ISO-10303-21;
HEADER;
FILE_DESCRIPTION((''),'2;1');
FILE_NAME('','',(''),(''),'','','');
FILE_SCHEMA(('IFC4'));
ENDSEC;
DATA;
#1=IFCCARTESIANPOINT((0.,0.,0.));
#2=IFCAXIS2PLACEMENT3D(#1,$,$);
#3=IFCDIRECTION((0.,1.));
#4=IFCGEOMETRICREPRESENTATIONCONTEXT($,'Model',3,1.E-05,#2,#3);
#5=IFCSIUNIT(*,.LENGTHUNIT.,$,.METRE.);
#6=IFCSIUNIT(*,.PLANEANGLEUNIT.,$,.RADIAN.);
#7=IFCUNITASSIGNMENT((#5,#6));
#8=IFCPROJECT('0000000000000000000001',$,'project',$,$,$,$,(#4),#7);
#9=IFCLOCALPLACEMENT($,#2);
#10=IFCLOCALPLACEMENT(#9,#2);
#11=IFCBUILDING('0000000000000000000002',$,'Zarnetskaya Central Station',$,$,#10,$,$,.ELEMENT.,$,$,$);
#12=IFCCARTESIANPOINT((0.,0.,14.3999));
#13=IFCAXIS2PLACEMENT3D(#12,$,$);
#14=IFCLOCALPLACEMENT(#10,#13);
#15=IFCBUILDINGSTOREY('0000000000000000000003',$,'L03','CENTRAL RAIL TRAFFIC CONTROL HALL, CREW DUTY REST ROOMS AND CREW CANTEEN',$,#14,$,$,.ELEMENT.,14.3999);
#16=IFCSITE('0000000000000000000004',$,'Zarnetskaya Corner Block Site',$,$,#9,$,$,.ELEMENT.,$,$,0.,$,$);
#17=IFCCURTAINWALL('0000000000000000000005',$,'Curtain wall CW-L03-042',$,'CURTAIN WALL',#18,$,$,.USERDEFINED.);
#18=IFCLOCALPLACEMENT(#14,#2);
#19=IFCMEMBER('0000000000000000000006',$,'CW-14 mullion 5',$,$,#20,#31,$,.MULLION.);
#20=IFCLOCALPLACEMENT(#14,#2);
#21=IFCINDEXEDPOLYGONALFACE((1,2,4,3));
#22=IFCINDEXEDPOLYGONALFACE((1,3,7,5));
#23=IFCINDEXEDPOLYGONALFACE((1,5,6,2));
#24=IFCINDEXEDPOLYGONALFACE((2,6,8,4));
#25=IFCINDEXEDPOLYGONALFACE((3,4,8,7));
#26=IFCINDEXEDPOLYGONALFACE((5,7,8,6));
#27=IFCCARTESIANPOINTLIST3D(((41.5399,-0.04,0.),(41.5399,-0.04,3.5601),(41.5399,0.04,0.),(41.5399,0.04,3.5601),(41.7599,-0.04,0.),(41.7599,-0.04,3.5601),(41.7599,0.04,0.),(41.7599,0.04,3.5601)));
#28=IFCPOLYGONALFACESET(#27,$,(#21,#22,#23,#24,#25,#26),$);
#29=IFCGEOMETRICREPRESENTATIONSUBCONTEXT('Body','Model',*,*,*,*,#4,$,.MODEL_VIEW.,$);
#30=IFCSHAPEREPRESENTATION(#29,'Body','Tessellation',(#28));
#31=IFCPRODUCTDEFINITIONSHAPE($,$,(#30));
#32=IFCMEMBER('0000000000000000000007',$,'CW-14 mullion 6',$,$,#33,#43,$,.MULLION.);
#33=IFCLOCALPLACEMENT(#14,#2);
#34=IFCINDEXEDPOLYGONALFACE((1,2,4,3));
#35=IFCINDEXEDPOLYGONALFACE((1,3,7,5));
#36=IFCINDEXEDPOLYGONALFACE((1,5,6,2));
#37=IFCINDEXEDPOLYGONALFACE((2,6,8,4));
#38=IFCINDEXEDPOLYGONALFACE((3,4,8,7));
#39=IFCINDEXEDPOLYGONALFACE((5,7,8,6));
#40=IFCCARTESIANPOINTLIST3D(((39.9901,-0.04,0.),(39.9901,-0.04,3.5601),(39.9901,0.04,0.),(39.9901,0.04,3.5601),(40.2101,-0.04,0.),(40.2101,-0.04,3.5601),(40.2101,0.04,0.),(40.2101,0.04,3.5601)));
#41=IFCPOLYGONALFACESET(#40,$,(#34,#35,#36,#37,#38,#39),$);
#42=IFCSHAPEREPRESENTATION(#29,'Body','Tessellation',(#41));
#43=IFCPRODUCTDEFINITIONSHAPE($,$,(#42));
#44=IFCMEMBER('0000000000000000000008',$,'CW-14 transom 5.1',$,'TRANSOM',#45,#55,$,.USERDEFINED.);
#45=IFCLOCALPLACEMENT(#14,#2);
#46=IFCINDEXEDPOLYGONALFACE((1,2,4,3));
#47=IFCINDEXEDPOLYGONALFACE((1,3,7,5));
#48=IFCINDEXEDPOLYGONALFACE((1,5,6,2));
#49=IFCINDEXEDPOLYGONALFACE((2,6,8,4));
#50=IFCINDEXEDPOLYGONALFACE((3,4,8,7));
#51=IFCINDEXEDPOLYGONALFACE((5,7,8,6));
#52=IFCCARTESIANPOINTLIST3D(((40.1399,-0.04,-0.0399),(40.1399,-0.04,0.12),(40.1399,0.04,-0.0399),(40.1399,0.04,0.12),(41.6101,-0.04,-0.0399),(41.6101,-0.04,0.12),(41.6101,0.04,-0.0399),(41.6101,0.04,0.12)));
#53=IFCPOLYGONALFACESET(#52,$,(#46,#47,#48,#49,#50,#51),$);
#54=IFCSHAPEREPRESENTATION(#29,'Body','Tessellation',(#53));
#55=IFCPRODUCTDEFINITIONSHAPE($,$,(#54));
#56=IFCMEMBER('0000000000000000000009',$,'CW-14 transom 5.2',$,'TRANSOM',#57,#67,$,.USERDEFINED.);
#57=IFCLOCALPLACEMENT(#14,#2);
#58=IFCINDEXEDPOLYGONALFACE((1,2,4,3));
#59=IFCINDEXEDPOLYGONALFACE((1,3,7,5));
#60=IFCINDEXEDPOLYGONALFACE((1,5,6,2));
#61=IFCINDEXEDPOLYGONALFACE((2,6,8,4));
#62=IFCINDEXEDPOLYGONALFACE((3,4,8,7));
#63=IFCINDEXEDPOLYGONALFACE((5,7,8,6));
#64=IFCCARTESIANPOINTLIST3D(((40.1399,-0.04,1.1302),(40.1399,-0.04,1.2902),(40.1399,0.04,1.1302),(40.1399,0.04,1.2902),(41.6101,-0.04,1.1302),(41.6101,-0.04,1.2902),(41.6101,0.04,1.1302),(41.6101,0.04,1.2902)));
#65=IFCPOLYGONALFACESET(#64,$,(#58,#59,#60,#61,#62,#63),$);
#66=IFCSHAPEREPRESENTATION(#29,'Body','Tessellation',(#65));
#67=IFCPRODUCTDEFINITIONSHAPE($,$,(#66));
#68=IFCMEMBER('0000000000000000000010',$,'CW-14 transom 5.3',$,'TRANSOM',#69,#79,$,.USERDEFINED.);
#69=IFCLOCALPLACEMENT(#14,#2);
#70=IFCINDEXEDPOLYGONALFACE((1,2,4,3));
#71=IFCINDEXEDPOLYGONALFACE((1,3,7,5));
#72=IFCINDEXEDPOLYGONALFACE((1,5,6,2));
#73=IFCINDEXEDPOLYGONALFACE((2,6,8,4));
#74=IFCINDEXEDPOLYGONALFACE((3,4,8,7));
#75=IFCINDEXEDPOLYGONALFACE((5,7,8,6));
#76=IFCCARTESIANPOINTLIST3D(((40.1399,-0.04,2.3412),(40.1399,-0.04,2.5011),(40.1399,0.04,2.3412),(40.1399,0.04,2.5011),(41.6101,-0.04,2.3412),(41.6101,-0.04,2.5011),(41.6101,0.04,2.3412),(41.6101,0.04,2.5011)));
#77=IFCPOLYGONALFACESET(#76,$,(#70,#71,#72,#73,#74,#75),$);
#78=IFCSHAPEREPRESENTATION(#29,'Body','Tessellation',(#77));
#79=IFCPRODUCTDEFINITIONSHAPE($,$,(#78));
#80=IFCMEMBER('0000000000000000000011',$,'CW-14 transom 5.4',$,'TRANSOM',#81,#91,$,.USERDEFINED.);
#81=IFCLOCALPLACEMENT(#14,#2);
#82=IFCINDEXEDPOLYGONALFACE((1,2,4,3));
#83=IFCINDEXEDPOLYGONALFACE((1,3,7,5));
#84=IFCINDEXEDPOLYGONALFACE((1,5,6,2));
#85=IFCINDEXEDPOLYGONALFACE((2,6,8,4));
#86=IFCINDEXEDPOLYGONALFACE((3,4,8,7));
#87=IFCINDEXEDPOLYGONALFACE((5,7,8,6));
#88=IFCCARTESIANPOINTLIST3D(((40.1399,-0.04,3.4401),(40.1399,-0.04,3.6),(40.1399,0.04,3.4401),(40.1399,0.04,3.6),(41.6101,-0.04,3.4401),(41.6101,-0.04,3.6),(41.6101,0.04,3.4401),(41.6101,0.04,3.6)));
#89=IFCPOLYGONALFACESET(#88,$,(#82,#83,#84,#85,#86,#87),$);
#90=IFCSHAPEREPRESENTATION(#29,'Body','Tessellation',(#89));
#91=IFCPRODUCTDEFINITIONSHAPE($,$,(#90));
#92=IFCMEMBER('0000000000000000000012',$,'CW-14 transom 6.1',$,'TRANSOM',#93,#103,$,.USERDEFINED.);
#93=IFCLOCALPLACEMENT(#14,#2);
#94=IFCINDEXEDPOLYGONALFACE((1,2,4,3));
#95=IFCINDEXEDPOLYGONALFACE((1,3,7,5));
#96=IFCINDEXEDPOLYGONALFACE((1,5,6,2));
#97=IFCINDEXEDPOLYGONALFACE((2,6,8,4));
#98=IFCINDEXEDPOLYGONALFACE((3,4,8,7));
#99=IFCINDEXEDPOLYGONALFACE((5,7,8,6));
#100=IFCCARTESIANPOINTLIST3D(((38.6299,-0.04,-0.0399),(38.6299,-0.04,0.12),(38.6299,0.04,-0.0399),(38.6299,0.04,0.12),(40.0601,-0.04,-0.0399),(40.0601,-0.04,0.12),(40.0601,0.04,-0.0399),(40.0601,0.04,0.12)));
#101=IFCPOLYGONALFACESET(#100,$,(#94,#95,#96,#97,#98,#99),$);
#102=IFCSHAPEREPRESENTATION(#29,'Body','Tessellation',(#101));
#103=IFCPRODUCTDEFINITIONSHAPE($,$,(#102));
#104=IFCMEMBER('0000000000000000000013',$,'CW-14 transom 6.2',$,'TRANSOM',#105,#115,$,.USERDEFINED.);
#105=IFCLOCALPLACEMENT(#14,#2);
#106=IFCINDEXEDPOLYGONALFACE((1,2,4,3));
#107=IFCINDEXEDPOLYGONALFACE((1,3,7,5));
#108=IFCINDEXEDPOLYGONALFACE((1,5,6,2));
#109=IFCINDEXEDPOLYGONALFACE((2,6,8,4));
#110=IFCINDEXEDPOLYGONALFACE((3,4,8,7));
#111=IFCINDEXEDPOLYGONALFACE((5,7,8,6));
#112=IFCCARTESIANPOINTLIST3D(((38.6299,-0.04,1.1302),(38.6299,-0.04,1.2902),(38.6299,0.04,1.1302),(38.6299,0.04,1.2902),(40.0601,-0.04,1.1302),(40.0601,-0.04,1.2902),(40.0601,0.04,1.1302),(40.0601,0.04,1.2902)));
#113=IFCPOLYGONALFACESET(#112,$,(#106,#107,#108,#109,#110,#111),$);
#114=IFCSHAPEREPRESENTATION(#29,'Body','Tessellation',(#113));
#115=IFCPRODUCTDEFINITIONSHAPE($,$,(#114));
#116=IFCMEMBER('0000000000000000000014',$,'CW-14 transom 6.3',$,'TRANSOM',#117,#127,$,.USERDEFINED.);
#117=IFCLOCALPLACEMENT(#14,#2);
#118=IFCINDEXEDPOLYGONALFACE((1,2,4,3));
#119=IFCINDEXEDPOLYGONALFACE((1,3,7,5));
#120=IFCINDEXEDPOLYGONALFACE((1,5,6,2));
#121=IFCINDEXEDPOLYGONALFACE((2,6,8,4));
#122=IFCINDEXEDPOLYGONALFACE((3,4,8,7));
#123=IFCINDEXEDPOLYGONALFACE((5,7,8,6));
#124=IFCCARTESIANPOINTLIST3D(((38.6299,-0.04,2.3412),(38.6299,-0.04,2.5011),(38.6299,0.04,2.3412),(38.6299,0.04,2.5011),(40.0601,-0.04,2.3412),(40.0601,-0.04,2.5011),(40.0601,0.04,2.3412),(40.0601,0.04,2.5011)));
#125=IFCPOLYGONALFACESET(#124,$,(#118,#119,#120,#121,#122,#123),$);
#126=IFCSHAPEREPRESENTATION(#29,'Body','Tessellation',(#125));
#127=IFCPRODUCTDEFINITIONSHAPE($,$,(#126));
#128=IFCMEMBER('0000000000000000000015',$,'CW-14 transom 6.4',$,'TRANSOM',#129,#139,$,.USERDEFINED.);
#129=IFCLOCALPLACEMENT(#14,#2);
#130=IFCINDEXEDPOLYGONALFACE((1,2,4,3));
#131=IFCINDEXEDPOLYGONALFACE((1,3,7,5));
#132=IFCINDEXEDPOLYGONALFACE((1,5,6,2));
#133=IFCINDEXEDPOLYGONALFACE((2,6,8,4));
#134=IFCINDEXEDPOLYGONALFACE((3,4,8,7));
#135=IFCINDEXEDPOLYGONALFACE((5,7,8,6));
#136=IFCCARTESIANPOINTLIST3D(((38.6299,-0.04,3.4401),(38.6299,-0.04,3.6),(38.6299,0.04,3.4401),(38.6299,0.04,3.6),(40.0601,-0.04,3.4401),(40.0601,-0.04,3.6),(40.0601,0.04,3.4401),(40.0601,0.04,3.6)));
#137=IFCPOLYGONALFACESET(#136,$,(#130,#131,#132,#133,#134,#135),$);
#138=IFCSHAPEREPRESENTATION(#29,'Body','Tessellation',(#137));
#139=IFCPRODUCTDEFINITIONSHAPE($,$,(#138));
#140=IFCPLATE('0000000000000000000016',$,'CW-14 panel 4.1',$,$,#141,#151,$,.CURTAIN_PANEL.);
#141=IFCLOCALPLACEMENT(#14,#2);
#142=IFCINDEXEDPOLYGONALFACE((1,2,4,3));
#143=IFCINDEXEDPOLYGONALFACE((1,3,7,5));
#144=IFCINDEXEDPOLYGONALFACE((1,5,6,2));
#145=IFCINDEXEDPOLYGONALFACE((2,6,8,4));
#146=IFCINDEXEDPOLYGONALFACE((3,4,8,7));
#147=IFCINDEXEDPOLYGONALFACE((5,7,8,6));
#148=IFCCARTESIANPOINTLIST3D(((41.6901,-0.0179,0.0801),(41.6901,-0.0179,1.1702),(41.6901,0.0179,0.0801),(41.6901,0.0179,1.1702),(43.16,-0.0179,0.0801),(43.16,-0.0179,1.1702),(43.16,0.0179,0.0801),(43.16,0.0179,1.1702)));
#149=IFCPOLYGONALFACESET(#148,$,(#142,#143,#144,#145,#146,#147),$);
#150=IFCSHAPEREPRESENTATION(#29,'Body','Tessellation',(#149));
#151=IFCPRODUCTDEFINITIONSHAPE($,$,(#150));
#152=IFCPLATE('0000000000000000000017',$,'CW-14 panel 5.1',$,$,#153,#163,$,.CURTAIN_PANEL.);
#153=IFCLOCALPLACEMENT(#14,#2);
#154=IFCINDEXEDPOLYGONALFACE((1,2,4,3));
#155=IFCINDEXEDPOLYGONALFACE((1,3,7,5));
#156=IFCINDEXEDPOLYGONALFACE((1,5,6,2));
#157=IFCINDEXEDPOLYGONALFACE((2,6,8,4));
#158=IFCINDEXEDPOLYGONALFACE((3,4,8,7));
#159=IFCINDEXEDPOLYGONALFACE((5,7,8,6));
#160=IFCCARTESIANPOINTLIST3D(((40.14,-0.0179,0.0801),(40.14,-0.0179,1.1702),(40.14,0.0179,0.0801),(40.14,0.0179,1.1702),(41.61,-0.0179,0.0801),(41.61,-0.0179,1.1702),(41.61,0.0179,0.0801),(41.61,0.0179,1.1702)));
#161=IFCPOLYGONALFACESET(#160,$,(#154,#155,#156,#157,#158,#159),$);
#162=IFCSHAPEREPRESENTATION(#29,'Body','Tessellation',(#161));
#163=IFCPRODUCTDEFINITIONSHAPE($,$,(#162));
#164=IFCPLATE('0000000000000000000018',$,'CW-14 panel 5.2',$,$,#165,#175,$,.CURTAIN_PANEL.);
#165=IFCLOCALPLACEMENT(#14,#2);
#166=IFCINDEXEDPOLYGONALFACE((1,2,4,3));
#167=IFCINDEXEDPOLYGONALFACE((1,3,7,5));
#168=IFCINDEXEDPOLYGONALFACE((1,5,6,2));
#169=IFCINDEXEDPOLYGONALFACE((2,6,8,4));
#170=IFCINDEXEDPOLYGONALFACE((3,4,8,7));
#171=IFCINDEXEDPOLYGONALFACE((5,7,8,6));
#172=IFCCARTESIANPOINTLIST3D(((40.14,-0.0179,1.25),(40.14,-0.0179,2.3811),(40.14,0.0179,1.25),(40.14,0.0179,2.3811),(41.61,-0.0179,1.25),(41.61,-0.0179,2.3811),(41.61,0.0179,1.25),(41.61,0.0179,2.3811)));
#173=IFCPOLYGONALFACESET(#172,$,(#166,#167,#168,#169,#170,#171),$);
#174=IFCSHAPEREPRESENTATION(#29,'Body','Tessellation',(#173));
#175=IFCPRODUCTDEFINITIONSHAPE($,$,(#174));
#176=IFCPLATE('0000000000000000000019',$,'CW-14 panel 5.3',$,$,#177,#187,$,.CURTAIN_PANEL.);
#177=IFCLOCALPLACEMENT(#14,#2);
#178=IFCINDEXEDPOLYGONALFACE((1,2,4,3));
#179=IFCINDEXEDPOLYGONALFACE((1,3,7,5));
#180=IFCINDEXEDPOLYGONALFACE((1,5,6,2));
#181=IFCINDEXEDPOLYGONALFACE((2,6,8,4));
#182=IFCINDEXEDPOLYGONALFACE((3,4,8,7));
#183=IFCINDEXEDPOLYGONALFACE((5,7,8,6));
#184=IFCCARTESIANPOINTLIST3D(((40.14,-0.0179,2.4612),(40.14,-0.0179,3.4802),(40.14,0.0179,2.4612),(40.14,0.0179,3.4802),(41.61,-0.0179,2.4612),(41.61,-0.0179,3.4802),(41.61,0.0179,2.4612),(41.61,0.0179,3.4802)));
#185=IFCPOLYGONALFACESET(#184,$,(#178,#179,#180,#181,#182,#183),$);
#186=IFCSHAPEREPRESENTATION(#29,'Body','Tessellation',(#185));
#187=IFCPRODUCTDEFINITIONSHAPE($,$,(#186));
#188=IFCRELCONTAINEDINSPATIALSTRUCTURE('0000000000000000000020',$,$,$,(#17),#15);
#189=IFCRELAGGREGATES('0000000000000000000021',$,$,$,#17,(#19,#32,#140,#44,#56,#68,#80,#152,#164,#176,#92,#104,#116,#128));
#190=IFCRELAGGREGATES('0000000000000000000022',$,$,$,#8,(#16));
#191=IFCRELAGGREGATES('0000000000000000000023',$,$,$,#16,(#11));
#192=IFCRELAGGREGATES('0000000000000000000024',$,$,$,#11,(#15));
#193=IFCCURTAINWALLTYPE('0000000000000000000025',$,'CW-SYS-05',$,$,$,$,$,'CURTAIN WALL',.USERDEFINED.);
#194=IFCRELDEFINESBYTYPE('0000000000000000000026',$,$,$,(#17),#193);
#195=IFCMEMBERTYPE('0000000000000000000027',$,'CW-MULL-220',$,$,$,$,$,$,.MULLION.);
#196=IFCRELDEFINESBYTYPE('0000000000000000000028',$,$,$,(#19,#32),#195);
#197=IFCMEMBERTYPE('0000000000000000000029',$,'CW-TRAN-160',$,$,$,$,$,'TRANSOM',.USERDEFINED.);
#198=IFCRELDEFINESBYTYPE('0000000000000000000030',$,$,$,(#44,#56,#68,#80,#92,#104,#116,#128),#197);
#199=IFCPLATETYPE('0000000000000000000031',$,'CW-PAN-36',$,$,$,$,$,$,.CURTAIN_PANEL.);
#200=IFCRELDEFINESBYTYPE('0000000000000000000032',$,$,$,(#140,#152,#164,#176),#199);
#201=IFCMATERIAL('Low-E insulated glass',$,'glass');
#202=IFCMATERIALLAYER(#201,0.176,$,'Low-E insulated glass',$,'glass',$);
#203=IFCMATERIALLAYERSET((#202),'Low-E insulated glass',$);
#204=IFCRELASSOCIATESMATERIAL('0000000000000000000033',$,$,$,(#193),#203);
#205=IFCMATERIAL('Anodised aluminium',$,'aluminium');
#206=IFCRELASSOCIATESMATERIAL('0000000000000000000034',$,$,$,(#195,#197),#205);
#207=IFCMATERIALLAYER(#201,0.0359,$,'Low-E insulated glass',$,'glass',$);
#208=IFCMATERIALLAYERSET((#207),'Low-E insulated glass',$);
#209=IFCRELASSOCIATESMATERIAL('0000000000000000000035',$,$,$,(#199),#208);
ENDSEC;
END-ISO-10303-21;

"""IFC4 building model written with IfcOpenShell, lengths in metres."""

from ifc_helpers import new_model, si_unit, direction, frame, origin, origin_2d, place, context, subcontext, project, spatial, rectangle, extrude, material, layer, layer_set, material_profile, profile_set, type_object, element, aggregate, save


model = new_model("IFC4")

# Units and contexts
model_context = context("Model", 3, precision=1e-05, world=origin(), true_north=direction((0.0, 1.0)))
body_context = subcontext(model_context, "Body", "Model", "MODEL_VIEW")
ifc_project = project(units=[si_unit("LENGTHUNIT", "METRE"), si_unit("PLANEANGLEUNIT", "RADIAN")], contexts=[model_context])

# Site, building, storey
site_placement = place(None, origin())
site = spatial("IfcSite", under=ifc_project, at=site_placement, Name="Zarnetskaya Corner Block Site", CompositionType="ELEMENT", RefElevation=0.0)
building_placement = place(site_placement, origin())
building = spatial("IfcBuilding", under=site, at=building_placement, Name="Zarnetskaya Central Station", CompositionType="ELEMENT")
storey_placement = place(building_placement, frame((0.0, 0.0, 14.3999)))
storey = spatial("IfcBuildingStorey", under=building, at=storey_placement, Name="L03", Description="CENTRAL RAIL TRAFFIC CONTROL HALL, CREW DUTY REST ROOMS AND CREW CANTEEN", CompositionType="ELEMENT", Elevation=14.3999)

# Curtain wall, members, plates
ifc_material_1 = material(Name="Low-E insulated glass", Category="glass")
ifc_layer_1 = layer(ifc_material_1, 0.176, Name="Low-E insulated glass", Category="glass")
ifc_layer_set_1 = layer_set([ifc_layer_1], Name="Low-E insulated glass")
curtain_wall_type = type_object("IfcCurtainWallType", Name="CW-SYS-05", ElementType="CURTAIN WALL", PredefinedType="USERDEFINED", material=ifc_layer_set_1)
curtain_wall_placement = place(storey_placement, origin())
curtain_wall = element("IfcCurtainWall", 1, at=curtain_wall_placement, inside=storey, type_object=curtain_wall_type, Name="Curtain wall CW-L03-042", ObjectType="CURTAIN WALL", PredefinedType="USERDEFINED")
ifc_material_2 = material(Name="Anodised aluminium", Category="aluminium")
ifc_material_profile_1 = material_profile(ifc_material_2, rectangle(XDim=0.0801, YDim=0.22, at=origin_2d()), Name="ALU MULL 80x220")
ifc_profile_set_1 = profile_set([ifc_material_profile_1], Name="Anodised aluminium")
member_type_1 = type_object("IfcMemberType", Name="CW-MULL-220", PredefinedType="MULLION", material=ifc_profile_set_1)
member_1_placement = place(storey_placement, frame((41.6499, 0.0, 0.0), z_axis=(0.0, 0.0, 1.0), x_axis=(0.0, -1.0, 0.0)))
member_1 = element("IfcMember", 2, at=member_1_placement, type_object=member_type_1, Name="CW-14 mullion 5", PredefinedType="MULLION", context=body_context, shape_type="SweptSolid", body=[
    extrude(rectangle(XDim=0.0801, YDim=0.22, at=origin_2d()), origin(), (0.0, 0.0, 1.0), 3.5601),
])
member_2_placement = place(storey_placement, frame((40.1001, 0.0, 0.0), z_axis=(0.0, 0.0, 1.0), x_axis=(0.0, -1.0, 0.0)))
member_2 = element("IfcMember", 3, at=member_2_placement, type_object=member_type_1, Name="CW-14 mullion 6", PredefinedType="MULLION", context=body_context, shape_type="SweptSolid", body=[
    extrude(rectangle(XDim=0.0801, YDim=0.22, at=origin_2d()), origin(), (0.0, 0.0, 1.0), 3.5601),
])
ifc_material_profile_2 = material_profile(ifc_material_2, rectangle(XDim=0.0801, YDim=0.1599, at=origin_2d()), Name="ALU TRAN 80x160")
ifc_profile_set_2 = profile_set([ifc_material_profile_2], Name="Anodised aluminium")
member_type_2 = type_object("IfcMemberType", Name="CW-TRAN-160", ElementType="TRANSOM", PredefinedType="USERDEFINED", material=ifc_profile_set_2)
member_3_placement = place(storey_placement, frame((41.6101, 0.0, 0.04), z_axis=(-1.0, 0.0, 0.0), x_axis=(0.0, -1.0, 0.0)))
member_3 = element("IfcMember", 4, at=member_3_placement, type_object=member_type_2, Name="CW-14 transom 5.1", ObjectType="TRANSOM", PredefinedType="USERDEFINED", context=body_context, shape_type="SweptSolid", body=[
    extrude(rectangle(XDim=0.0801, YDim=0.1599, at=origin_2d()), origin(), (0.0, 0.0, 1.0), 1.4702),
])
member_4_placement = place(storey_placement, frame((41.6101, 0.0, 1.2102), z_axis=(-1.0, 0.0, 0.0), x_axis=(0.0, -1.0, 0.0)))
member_4 = element("IfcMember", 5, at=member_4_placement, type_object=member_type_2, Name="CW-14 transom 5.2", ObjectType="TRANSOM", PredefinedType="USERDEFINED", context=body_context, shape_type="SweptSolid", body=[
    extrude(rectangle(XDim=0.0801, YDim=0.1599, at=origin_2d()), origin(), (0.0, 0.0, 1.0), 1.4702),
])
member_5_placement = place(storey_placement, frame((41.6101, 0.0, 2.4211), z_axis=(-1.0, 0.0, 0.0), x_axis=(0.0, -1.0, 0.0)))
member_5 = element("IfcMember", 6, at=member_5_placement, type_object=member_type_2, Name="CW-14 transom 5.3", ObjectType="TRANSOM", PredefinedType="USERDEFINED", context=body_context, shape_type="SweptSolid", body=[
    extrude(rectangle(XDim=0.0801, YDim=0.1599, at=origin_2d()), origin(), (0.0, 0.0, 1.0), 1.4702),
])
member_6_placement = place(storey_placement, frame((41.6101, 0.0, 3.52), z_axis=(-1.0, 0.0, 0.0), x_axis=(0.0, -1.0, 0.0)))
member_6 = element("IfcMember", 7, at=member_6_placement, type_object=member_type_2, Name="CW-14 transom 5.4", ObjectType="TRANSOM", PredefinedType="USERDEFINED", context=body_context, shape_type="SweptSolid", body=[
    extrude(rectangle(XDim=0.0801, YDim=0.1599, at=origin_2d()), origin(), (0.0, 0.0, 1.0), 1.4702),
])
member_7_placement = place(storey_placement, frame((40.0601, 0.0, 0.04), z_axis=(-1.0, 0.0, 0.0), x_axis=(0.0, -1.0, 0.0)))
member_7 = element("IfcMember", 8, at=member_7_placement, type_object=member_type_2, Name="CW-14 transom 6.1", ObjectType="TRANSOM", PredefinedType="USERDEFINED", context=body_context, shape_type="SweptSolid", body=[
    extrude(rectangle(XDim=0.0801, YDim=0.1599, at=origin_2d()), origin(), (0.0, 0.0, 1.0), 1.4302),
])
member_8_placement = place(storey_placement, frame((40.0601, 0.0, 1.2102), z_axis=(-1.0, 0.0, 0.0), x_axis=(0.0, -1.0, 0.0)))
member_8 = element("IfcMember", 9, at=member_8_placement, type_object=member_type_2, Name="CW-14 transom 6.2", ObjectType="TRANSOM", PredefinedType="USERDEFINED", context=body_context, shape_type="SweptSolid", body=[
    extrude(rectangle(XDim=0.0801, YDim=0.1599, at=origin_2d()), origin(), (0.0, 0.0, 1.0), 1.4302),
])
member_9_placement = place(storey_placement, frame((40.0601, 0.0, 2.4211), z_axis=(-1.0, 0.0, 0.0), x_axis=(0.0, -1.0, 0.0)))
member_9 = element("IfcMember", 10, at=member_9_placement, type_object=member_type_2, Name="CW-14 transom 6.3", ObjectType="TRANSOM", PredefinedType="USERDEFINED", context=body_context, shape_type="SweptSolid", body=[
    extrude(rectangle(XDim=0.0801, YDim=0.1599, at=origin_2d()), origin(), (0.0, 0.0, 1.0), 1.4302),
])
member_10_placement = place(storey_placement, frame((40.0601, 0.0, 3.52), z_axis=(-1.0, 0.0, 0.0), x_axis=(0.0, -1.0, 0.0)))
member_10 = element("IfcMember", 11, at=member_10_placement, type_object=member_type_2, Name="CW-14 transom 6.4", ObjectType="TRANSOM", PredefinedType="USERDEFINED", context=body_context, shape_type="SweptSolid", body=[
    extrude(rectangle(XDim=0.0801, YDim=0.1599, at=origin_2d()), origin(), (0.0, 0.0, 1.0), 1.4302),
])
ifc_layer_2 = layer(ifc_material_1, 0.0359, Name="Low-E insulated glass", Category="glass")
ifc_layer_set_2 = layer_set([ifc_layer_2], Name="Low-E insulated glass")
plate_type = type_object("IfcPlateType", Name="CW-PAN-36", PredefinedType="CURTAIN_PANEL", material=ifc_layer_set_2)
plate_1_placement = place(storey_placement, frame((42.425, 0.0, 0.0801), z_axis=(0.0, 0.0, 1.0), x_axis=(-1.0, 0.0, 0.0)))
plate_1 = element("IfcPlate", 12, at=plate_1_placement, type_object=plate_type, Name="CW-14 panel 4.1", PredefinedType="CURTAIN_PANEL", context=body_context, shape_type="SweptSolid", body=[
    extrude(rectangle(XDim=1.47, YDim=0.0359, at=origin_2d()), origin(), (0.0, 0.0, 1.0), 1.0901),
])
plate_2_placement = place(storey_placement, frame((40.875, 0.0, 0.0801), z_axis=(0.0, 0.0, 1.0), x_axis=(-1.0, 0.0, 0.0)))
plate_2 = element("IfcPlate", 13, at=plate_2_placement, type_object=plate_type, Name="CW-14 panel 5.1", PredefinedType="CURTAIN_PANEL", context=body_context, shape_type="SweptSolid", body=[
    extrude(rectangle(XDim=1.47, YDim=0.0359, at=origin_2d()), origin(), (0.0, 0.0, 1.0), 1.0901),
])
plate_3_placement = place(storey_placement, frame((40.875, 0.0, 1.25), z_axis=(0.0, 0.0, 1.0), x_axis=(-1.0, 0.0, 0.0)))
plate_3 = element("IfcPlate", 14, at=plate_3_placement, type_object=plate_type, Name="CW-14 panel 5.2", PredefinedType="CURTAIN_PANEL", context=body_context, shape_type="SweptSolid", body=[
    extrude(rectangle(XDim=1.47, YDim=0.0359, at=origin_2d()), origin(), (0.0, 0.0, 1.0), 1.1311),
])
plate_4_placement = place(storey_placement, frame((40.875, 0.0, 2.4612), z_axis=(0.0, 0.0, 1.0), x_axis=(-1.0, 0.0, 0.0)))
plate_4 = element("IfcPlate", 15, at=plate_4_placement, type_object=plate_type, Name="CW-14 panel 5.3", PredefinedType="CURTAIN_PANEL", context=body_context, shape_type="SweptSolid", body=[
    extrude(rectangle(XDim=1.47, YDim=0.0359, at=origin_2d()), origin(), (0.0, 0.0, 1.0), 1.019),
])
aggregate(curtain_wall, [member_1, member_2, plate_1, member_3, member_4, member_5, member_6, plate_2, plate_3, plate_4, member_7, member_8, member_9, member_10])

save(model, "model.ifc")
